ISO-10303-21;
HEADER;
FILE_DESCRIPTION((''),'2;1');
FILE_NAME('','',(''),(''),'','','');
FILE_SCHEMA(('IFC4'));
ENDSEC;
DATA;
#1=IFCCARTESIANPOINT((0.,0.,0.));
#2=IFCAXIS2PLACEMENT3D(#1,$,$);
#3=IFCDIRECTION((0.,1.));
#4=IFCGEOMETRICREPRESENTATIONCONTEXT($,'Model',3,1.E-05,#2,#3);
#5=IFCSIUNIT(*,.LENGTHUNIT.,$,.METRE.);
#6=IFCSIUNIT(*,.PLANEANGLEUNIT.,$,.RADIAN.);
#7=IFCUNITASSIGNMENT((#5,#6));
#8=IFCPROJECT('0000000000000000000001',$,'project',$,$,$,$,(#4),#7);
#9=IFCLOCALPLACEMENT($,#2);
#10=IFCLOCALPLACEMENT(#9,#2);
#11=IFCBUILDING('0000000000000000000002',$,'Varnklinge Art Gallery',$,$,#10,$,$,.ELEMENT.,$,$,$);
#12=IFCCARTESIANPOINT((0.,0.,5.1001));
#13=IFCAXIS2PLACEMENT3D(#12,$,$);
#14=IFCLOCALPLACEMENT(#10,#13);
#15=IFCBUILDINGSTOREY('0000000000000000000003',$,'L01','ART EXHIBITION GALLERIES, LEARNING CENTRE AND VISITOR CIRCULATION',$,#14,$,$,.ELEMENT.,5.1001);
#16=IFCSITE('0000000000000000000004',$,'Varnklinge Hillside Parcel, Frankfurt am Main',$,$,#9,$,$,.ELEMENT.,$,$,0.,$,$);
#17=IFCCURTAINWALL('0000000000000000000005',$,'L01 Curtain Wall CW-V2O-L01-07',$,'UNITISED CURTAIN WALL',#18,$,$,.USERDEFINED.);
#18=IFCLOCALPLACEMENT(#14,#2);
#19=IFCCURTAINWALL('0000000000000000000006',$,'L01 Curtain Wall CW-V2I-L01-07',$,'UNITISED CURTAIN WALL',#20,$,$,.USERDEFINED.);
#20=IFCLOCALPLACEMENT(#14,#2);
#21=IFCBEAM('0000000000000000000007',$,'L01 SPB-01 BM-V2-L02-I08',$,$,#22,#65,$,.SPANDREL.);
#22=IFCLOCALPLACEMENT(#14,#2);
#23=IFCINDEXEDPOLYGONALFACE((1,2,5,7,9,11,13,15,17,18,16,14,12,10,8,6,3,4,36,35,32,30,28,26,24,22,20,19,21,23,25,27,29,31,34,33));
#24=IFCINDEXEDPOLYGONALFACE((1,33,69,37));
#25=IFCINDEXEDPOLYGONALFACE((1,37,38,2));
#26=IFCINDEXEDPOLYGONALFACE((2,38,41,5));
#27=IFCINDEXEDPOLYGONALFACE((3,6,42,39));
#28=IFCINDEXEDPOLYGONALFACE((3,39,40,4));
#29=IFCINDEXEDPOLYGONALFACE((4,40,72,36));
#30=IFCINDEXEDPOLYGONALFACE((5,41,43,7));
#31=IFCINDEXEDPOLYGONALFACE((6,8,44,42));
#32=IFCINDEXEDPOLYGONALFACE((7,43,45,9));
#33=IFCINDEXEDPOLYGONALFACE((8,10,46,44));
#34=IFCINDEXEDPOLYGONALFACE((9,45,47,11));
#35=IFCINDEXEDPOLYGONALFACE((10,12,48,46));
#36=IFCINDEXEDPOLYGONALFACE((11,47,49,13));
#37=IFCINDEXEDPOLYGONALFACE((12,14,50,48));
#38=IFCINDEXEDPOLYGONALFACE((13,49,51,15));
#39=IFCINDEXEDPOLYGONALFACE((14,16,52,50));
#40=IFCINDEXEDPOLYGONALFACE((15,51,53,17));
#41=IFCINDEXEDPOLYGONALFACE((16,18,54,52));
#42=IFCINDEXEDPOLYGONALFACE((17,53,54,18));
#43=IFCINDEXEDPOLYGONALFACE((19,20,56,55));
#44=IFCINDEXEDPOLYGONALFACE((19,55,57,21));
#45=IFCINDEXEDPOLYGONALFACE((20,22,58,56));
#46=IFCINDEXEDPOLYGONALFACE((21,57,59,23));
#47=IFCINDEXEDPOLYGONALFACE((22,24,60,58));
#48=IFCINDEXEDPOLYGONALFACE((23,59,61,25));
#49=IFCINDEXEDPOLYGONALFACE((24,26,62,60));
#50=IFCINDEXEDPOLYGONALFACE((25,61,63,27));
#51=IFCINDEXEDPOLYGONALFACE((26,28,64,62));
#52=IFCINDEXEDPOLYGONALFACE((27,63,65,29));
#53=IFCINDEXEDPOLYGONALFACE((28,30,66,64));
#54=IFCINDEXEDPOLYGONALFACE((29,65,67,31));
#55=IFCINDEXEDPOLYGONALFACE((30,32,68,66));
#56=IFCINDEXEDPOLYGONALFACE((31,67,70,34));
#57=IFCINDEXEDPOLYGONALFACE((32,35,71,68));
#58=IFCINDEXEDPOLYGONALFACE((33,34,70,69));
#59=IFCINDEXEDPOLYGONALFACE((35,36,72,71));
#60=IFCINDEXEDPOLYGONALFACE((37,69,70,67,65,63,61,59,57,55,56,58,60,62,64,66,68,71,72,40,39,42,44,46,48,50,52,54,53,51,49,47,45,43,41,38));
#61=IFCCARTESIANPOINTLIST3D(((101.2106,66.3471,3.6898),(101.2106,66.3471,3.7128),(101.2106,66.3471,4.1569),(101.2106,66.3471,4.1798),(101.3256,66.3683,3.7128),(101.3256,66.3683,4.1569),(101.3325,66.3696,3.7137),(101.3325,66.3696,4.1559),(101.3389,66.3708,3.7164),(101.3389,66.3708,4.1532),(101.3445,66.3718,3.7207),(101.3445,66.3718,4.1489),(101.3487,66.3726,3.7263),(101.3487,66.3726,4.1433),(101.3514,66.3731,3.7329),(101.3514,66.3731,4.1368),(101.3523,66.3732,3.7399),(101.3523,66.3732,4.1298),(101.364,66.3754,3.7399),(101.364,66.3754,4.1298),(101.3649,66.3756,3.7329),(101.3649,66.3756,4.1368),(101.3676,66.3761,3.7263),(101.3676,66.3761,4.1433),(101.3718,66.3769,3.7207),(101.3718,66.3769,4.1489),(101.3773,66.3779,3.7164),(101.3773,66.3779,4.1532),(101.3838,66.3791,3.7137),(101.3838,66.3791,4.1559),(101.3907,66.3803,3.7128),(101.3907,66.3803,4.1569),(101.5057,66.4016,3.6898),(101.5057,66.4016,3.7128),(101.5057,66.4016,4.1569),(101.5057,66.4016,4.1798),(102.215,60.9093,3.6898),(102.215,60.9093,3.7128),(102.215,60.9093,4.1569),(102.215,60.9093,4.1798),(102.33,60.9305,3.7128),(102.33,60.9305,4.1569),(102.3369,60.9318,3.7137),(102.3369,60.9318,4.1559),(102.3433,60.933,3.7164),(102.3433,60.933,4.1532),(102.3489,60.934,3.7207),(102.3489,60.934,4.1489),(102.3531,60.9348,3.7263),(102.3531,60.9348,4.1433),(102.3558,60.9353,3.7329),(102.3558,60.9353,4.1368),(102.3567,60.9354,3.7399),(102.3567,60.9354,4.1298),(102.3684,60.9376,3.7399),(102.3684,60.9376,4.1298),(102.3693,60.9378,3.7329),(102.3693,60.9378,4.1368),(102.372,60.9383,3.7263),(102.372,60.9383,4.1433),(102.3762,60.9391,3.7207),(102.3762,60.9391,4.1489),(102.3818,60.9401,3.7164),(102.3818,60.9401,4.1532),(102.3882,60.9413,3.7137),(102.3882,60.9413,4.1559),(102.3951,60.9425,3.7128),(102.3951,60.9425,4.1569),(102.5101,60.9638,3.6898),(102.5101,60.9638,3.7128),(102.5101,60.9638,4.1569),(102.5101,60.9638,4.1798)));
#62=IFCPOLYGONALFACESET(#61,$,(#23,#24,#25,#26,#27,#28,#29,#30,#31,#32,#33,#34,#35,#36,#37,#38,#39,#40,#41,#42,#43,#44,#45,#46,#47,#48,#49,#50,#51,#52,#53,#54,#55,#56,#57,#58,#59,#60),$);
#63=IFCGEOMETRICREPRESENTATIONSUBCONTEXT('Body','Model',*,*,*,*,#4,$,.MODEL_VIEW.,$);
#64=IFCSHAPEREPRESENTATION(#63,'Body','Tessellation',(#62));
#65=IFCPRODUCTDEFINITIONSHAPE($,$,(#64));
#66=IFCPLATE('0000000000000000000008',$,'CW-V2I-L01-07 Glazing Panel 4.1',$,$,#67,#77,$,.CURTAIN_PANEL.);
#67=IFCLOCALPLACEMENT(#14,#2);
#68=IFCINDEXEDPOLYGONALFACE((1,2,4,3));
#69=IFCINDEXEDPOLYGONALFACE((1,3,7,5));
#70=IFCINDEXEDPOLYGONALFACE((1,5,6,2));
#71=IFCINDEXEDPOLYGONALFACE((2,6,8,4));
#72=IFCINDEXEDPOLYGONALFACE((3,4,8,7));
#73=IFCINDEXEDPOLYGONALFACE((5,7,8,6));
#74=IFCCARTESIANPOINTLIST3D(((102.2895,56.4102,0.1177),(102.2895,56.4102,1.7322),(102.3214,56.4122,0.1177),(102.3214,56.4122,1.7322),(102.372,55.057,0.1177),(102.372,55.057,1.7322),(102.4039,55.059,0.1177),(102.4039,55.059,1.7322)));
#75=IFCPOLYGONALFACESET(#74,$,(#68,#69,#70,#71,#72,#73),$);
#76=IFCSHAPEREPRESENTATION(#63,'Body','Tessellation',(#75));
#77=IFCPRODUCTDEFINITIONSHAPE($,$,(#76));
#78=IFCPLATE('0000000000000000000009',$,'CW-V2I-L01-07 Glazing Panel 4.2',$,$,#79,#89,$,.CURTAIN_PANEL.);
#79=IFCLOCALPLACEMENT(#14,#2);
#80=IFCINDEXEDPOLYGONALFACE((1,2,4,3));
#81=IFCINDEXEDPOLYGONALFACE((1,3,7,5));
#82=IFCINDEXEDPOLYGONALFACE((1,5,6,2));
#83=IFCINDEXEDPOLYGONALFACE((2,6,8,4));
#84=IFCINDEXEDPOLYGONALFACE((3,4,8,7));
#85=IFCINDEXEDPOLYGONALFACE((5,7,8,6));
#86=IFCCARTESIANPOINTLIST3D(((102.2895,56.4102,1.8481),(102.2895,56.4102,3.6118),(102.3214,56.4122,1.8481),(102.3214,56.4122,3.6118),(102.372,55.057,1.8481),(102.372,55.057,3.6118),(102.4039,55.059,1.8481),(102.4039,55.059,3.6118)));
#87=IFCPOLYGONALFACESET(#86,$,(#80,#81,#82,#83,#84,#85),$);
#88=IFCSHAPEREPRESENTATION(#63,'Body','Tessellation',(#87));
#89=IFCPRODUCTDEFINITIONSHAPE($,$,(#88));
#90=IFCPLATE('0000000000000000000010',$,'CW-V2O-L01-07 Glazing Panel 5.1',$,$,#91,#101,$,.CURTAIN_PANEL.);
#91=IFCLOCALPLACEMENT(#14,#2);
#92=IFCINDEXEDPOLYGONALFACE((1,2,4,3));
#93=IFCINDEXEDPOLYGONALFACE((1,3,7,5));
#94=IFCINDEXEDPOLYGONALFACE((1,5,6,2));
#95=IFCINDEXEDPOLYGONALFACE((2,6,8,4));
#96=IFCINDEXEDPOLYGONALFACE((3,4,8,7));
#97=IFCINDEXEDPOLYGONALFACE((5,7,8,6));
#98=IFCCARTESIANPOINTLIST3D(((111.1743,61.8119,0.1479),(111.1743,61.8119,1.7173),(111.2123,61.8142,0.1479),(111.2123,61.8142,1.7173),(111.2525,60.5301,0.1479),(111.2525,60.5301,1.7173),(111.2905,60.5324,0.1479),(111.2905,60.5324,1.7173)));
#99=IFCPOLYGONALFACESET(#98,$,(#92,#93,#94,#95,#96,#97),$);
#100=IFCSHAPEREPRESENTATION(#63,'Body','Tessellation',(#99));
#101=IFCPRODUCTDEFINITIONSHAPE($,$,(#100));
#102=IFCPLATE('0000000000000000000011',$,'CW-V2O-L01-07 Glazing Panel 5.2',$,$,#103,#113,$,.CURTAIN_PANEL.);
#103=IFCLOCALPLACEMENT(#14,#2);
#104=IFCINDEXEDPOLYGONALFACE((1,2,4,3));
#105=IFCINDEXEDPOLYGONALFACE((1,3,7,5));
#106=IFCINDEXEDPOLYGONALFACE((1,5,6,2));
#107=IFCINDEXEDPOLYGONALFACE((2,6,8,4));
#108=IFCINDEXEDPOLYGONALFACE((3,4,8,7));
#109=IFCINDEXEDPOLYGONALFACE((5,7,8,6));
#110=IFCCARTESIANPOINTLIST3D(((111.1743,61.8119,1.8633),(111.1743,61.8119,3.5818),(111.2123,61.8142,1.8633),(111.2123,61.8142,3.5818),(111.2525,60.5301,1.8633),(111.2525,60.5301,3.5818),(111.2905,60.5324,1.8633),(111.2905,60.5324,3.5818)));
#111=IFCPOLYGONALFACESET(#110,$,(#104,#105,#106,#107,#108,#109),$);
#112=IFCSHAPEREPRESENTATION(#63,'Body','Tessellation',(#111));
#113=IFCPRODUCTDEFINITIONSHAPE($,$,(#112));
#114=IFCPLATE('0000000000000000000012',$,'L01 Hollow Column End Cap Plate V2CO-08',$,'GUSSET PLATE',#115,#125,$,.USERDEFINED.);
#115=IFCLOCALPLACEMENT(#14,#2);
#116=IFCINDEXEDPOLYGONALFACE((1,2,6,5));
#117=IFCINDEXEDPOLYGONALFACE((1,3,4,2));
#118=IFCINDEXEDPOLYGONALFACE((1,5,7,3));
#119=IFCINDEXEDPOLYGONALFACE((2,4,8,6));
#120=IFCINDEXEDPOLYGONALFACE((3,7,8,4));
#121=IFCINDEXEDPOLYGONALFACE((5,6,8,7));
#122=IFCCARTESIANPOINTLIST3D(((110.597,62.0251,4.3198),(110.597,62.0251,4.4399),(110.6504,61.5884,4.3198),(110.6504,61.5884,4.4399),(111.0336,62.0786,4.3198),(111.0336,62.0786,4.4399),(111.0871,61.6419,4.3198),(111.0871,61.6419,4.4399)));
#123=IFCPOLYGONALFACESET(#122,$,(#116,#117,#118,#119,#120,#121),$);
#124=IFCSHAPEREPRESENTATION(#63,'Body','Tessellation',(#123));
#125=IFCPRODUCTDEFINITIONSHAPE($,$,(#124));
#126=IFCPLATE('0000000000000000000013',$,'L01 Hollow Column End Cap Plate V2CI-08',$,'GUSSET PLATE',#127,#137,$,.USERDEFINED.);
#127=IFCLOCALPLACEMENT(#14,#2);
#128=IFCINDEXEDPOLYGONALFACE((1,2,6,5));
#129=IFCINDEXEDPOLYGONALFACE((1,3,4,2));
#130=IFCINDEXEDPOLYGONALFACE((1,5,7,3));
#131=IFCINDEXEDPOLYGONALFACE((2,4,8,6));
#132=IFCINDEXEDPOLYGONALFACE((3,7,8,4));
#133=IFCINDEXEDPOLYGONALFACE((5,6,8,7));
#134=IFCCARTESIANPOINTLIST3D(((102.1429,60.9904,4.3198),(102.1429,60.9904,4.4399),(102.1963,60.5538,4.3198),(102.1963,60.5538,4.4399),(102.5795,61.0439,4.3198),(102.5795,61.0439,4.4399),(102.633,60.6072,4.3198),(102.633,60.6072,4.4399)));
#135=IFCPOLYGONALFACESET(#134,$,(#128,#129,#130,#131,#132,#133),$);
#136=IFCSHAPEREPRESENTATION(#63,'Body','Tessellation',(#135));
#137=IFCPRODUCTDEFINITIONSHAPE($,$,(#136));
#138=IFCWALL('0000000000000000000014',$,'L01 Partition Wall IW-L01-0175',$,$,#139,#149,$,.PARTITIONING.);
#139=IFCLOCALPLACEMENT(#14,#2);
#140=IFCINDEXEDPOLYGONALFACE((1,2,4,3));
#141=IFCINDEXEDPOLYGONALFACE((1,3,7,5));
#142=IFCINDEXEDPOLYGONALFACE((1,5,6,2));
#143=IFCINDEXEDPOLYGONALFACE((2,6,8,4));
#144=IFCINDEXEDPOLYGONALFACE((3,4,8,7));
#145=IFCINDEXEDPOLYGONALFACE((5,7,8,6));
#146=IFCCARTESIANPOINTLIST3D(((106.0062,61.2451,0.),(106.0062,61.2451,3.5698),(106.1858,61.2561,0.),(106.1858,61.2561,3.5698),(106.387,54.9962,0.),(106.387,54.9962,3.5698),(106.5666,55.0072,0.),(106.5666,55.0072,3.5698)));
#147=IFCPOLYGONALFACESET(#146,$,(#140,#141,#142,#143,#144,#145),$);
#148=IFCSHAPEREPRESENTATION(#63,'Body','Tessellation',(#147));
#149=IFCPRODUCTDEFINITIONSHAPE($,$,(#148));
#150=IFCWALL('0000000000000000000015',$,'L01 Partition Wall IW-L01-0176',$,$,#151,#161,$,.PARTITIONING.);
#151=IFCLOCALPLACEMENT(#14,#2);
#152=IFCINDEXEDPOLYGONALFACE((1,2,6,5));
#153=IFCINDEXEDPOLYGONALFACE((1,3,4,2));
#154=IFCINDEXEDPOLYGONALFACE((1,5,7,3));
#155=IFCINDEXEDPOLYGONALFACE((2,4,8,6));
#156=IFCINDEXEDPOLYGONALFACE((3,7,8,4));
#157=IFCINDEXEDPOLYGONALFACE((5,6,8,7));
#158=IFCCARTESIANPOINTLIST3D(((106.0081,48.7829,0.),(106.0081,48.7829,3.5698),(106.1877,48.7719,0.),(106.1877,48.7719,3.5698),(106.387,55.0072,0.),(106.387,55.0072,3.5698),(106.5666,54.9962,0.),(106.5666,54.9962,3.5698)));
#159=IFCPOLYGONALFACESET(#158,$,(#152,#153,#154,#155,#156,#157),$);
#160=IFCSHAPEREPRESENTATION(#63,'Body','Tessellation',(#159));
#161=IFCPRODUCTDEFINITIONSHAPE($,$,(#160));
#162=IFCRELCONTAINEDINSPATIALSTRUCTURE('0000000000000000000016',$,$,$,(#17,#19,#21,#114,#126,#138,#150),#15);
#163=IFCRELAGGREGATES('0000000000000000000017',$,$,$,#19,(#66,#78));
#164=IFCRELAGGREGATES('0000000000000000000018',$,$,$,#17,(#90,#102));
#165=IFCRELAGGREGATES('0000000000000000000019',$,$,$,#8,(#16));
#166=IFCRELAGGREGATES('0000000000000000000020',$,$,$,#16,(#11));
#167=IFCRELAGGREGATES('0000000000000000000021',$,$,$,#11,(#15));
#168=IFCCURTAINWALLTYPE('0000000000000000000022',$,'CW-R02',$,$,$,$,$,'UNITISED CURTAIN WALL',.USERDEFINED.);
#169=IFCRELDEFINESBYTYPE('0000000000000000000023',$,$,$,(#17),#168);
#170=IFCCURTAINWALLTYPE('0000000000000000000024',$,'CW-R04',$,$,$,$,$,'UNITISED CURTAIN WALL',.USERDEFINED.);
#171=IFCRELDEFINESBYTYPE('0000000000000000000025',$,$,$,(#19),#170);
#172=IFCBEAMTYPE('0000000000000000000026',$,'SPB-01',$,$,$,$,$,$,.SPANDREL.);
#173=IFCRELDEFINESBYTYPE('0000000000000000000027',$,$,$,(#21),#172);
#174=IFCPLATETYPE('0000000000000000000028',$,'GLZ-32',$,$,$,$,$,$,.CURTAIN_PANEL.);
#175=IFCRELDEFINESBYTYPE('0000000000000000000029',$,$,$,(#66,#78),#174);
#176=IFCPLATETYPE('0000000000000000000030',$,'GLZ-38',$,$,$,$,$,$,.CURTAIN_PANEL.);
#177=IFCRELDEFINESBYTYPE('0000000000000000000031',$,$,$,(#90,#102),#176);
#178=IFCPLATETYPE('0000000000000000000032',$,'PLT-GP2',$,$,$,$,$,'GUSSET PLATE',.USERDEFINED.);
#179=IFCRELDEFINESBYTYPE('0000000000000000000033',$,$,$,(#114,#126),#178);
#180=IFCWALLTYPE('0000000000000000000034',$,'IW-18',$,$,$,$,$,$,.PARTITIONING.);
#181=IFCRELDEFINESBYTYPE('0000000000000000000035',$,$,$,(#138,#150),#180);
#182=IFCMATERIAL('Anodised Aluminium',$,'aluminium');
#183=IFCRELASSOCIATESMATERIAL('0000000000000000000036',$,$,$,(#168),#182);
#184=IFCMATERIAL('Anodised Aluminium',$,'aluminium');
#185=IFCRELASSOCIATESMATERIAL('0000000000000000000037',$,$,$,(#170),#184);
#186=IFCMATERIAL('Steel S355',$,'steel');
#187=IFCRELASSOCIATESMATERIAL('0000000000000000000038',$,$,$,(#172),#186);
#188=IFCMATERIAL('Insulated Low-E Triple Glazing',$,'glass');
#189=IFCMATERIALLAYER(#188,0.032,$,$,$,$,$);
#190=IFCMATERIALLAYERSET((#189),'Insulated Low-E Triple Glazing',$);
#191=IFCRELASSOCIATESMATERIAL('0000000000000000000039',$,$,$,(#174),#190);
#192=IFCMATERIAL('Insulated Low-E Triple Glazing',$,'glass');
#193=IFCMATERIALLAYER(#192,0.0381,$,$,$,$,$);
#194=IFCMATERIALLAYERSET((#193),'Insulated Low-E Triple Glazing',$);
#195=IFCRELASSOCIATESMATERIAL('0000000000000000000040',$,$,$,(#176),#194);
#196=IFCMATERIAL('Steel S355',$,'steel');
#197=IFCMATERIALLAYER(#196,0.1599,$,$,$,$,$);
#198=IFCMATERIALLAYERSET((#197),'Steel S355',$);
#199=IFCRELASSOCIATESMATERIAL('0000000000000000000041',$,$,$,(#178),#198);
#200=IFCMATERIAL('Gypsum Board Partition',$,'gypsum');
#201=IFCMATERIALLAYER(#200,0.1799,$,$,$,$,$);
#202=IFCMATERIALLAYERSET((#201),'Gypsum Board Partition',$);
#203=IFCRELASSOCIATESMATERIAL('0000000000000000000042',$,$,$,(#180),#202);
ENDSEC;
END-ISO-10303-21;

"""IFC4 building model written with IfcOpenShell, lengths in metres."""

from ifc_helpers import new_model, si_unit, direction, frame, frame_2d, origin, origin_2d, place, context, subcontext, project, spatial, rectangle, i_section, extrude, material, layer, layer_set, material_profile, profile_set, type_object, element, aggregate, save


model = new_model("IFC4")

# Units and contexts
model_context = context("Model", 3, precision=1e-05, world=origin(), true_north=direction((0.0, 1.0)))
body_context = subcontext(model_context, "Body", "Model", "MODEL_VIEW")
ifc_project = project(units=[si_unit("LENGTHUNIT", "METRE"), si_unit("PLANEANGLEUNIT", "RADIAN")], contexts=[model_context])

# Site, building, storey
site_placement = place(None, origin())
site = spatial("IfcSite", under=ifc_project, at=site_placement, Name="Varnklinge Hillside Parcel, Frankfurt am Main", CompositionType="ELEMENT", RefElevation=0.0)
building_placement = place(site_placement, origin())
building = spatial("IfcBuilding", under=site, at=building_placement, Name="Varnklinge Art Gallery", CompositionType="ELEMENT")
storey_placement = place(building_placement, frame((0.0, 0.0, 5.1001)))
storey = spatial("IfcBuildingStorey", under=building, at=storey_placement, Name="L01", Description="ART EXHIBITION GALLERIES, LEARNING CENTRE AND VISITOR CIRCULATION", CompositionType="ELEMENT", Elevation=5.1001)

# Curtain walls
ifc_material_1 = material(Name="Anodised Aluminium", Category="aluminium")
curtain_wall_type_1 = type_object("IfcCurtainWallType", Name="CW-R02", ElementType="UNITISED CURTAIN WALL", PredefinedType="USERDEFINED", material=ifc_material_1)
curtain_wall_1_placement = place(storey_placement, origin())
curtain_wall_1 = element("IfcCurtainWall", 1, at=curtain_wall_1_placement, inside=storey, type_object=curtain_wall_type_1, Name="L01 Curtain Wall CW-V2O-L01-07", ObjectType="UNITISED CURTAIN WALL", PredefinedType="USERDEFINED")
ifc_material_2 = material(Name="Anodised Aluminium", Category="aluminium")
curtain_wall_type_2 = type_object("IfcCurtainWallType", Name="CW-R04", ElementType="UNITISED CURTAIN WALL", PredefinedType="USERDEFINED", material=ifc_material_2)
curtain_wall_2_placement = place(storey_placement, origin())
curtain_wall_2 = element("IfcCurtainWall", 2, at=curtain_wall_2_placement, inside=storey, type_object=curtain_wall_type_2, Name="L01 Curtain Wall CW-V2I-L01-07", ObjectType="UNITISED CURTAIN WALL", PredefinedType="USERDEFINED")

# Beam
ifc_material_3 = material(Name="Steel S355", Category="steel")
ifc_material_profile_1 = material_profile(ifc_material_3, i_section(OverallWidth=0.3, OverallDepth=0.49, WebThickness=0.012, FlangeThickness=0.0229, FilletRadius=0.0271, at=origin_2d()), Name="HEA 500")
ifc_profile_set_1 = profile_set([ifc_material_profile_1], Name="Steel S355")
beam_type_1 = type_object("IfcBeamType", Name="SPB-01", PredefinedType="SPANDREL", material=ifc_profile_set_1)
beam_1_placement = place(storey_placement, frame((102.3625, 60.9365, 3.9348), z_axis=(-0.181635, 0.983366, 0.0), x_axis=(-0.983366, -0.181635, 0.0)))
element("IfcBeam", 3, at=beam_1_placement, inside=storey, type_object=beam_type_1, Name="L01 SPB-01 BM-V2-L02-I08", PredefinedType="SPANDREL", context=body_context, shape_type="SweptSolid", body=[
    extrude(i_section(OverallWidth=0.3, OverallDepth=0.49, WebThickness=0.012, FlangeThickness=0.0229, FilletRadius=0.0271, at=origin_2d()), origin(), (0.0, 0.0, 1.0), 5.5298),
])

# Plates
ifc_material_4 = material(Name="Insulated Low-E Triple Glazing", Category="glass")
ifc_layer_1 = layer(ifc_material_4, 0.032)
ifc_layer_set_1 = layer_set([ifc_layer_1], Name="Insulated Low-E Triple Glazing")
plate_type_1 = type_object("IfcPlateType", Name="GLZ-32", PredefinedType="CURTAIN_PANEL", material=ifc_layer_set_1)
plate_1_placement = place(storey_placement, frame((102.3467, 55.7346, 0.1177), z_axis=(0.0, 0.0, 1.0), x_axis=(0.060874, -0.998145, 0.0)))
plate_1 = element("IfcPlate", 4, at=plate_1_placement, type_object=plate_type_1, Name="CW-V2I-L01-07 Glazing Panel 4.1", PredefinedType="CURTAIN_PANEL", context=body_context, shape_type="SweptSolid", body=[
    extrude(rectangle(XDim=1.3557, YDim=0.032, at=origin_2d()), origin(), (0.0, 0.0, 1.0), 1.6145),
])
plate_2_placement = place(storey_placement, frame((102.3467, 55.7346, 1.8481), z_axis=(0.0, 0.0, 1.0), x_axis=(0.060874, -0.998145, 0.0)))
plate_2 = element("IfcPlate", 5, at=plate_2_placement, type_object=plate_type_1, Name="CW-V2I-L01-07 Glazing Panel 4.2", PredefinedType="CURTAIN_PANEL", context=body_context, shape_type="SweptSolid", body=[
    extrude(rectangle(XDim=1.3557, YDim=0.032, at=origin_2d()), origin(), (0.0, 0.0, 1.0), 1.7637),
])
aggregate(curtain_wall_2, [plate_1, plate_2])
ifc_material_5 = material(Name="Insulated Low-E Triple Glazing", Category="glass")
ifc_layer_2 = layer(ifc_material_5, 0.0381)
ifc_layer_set_2 = layer_set([ifc_layer_2], Name="Insulated Low-E Triple Glazing")
plate_type_2 = type_object("IfcPlateType", Name="GLZ-38", PredefinedType="CURTAIN_PANEL", material=ifc_layer_set_2)
plate_3_placement = place(storey_placement, frame((111.2324, 61.1721, 0.1479), z_axis=(0.0, 0.0, 1.0), x_axis=(-0.060874, 0.998145, 0.0)))
plate_3 = element("IfcPlate", 6, at=plate_3_placement, type_object=plate_type_2, Name="CW-V2O-L01-07 Glazing Panel 5.1", PredefinedType="CURTAIN_PANEL", context=body_context, shape_type="SweptSolid", body=[
    extrude(rectangle(XDim=1.2842, YDim=0.0381, at=origin_2d()), origin(), (0.0, 0.0, 1.0), 1.5693),
])
plate_4_placement = place(storey_placement, frame((111.2324, 61.1721, 1.8633), z_axis=(0.0, 0.0, 1.0), x_axis=(-0.060874, 0.998145, 0.0)))
plate_4 = element("IfcPlate", 7, at=plate_4_placement, type_object=plate_type_2, Name="CW-V2O-L01-07 Glazing Panel 5.2", PredefinedType="CURTAIN_PANEL", context=body_context, shape_type="SweptSolid", body=[
    extrude(rectangle(XDim=1.2842, YDim=0.0381, at=origin_2d()), origin(), (0.0, 0.0, 1.0), 1.7185),
])
aggregate(curtain_wall_1, [plate_3, plate_4])

# Plates
ifc_material_6 = material(Name="Steel S355", Category="steel")
ifc_layer_3 = layer(ifc_material_6, 0.1599)
ifc_layer_set_3 = layer_set([ifc_layer_3], Name="Steel S355")
plate_type_3 = type_object("IfcPlateType", Name="PLT-GP2", ElementType="GUSSET PLATE", PredefinedType="USERDEFINED", material=ifc_layer_set_3)
for number, where, z_axis, x_axis, name in (
    (8, (110.842, 61.8335, 4.3198), (0.0, 0.0, 1.0), (-0.992589, -0.121523, 0.0), "L01 Hollow Column End Cap Plate V2CO-08"),
    (9, (102.3879, 60.7988, 4.3198), (0.0, 0.0, 1.0), (-0.992589, -0.121523, 0.0), "L01 Hollow Column End Cap Plate V2CI-08"),
):
    element("IfcPlate", number, at=place(storey_placement, frame(where, z_axis=z_axis, x_axis=x_axis)), inside=storey, type_object=plate_type_3, Name=name, ObjectType="GUSSET PLATE", PredefinedType="USERDEFINED", context=body_context, shape_type="SweptSolid", body=[
        extrude(rectangle(XDim=0.4399, YDim=0.4399, at=origin_2d()), origin(), (0.0, 0.0, 1.0), 0.1201),
    ])

# Walls
ifc_material_7 = material(Name="Gypsum Board Partition", Category="gypsum")
ifc_layer_4 = layer(ifc_material_7, 0.1799)
ifc_layer_set_4 = layer_set([ifc_layer_4], Name="Gypsum Board Partition")
wall_type = type_object("IfcWallType", Name="IW-18", PredefinedType="PARTITIONING", material=ifc_layer_set_4)
wall_1_placement = place(storey_placement, frame((106.0959, 61.2507, 0.0), z_axis=(0.0, 0.0, 1.0), x_axis=(0.060834, -0.998148, 0.0)))
element("IfcWall", 10, at=wall_1_placement, inside=storey, type_object=wall_type, Name="L01 Partition Wall IW-L01-0175", PredefinedType="PARTITIONING", context=body_context, shape_type="SweptSolid", body=[
    extrude(rectangle(XDim=6.2605, YDim=0.1799, at=frame_2d((3.1304, 0.0))), origin(), (0.0, 0.0, 1.0), 3.5698),
])
wall_2_placement = place(storey_placement, frame((106.4768, 55.0017, 0.0), z_axis=(0.0, 0.0, 1.0), x_axis=(-0.060762, -0.998152, 0.0)))
element("IfcWall", 11, at=wall_2_placement, inside=storey, type_object=wall_type, Name="L01 Partition Wall IW-L01-0176", PredefinedType="PARTITIONING", context=body_context, shape_type="SweptSolid", body=[
    extrude(rectangle(XDim=6.2358, YDim=0.1799, at=frame_2d((3.1179, 0.0))), origin(), (0.0, 0.0, 1.0), 3.5698),
])

save(model, "model.ifc")
